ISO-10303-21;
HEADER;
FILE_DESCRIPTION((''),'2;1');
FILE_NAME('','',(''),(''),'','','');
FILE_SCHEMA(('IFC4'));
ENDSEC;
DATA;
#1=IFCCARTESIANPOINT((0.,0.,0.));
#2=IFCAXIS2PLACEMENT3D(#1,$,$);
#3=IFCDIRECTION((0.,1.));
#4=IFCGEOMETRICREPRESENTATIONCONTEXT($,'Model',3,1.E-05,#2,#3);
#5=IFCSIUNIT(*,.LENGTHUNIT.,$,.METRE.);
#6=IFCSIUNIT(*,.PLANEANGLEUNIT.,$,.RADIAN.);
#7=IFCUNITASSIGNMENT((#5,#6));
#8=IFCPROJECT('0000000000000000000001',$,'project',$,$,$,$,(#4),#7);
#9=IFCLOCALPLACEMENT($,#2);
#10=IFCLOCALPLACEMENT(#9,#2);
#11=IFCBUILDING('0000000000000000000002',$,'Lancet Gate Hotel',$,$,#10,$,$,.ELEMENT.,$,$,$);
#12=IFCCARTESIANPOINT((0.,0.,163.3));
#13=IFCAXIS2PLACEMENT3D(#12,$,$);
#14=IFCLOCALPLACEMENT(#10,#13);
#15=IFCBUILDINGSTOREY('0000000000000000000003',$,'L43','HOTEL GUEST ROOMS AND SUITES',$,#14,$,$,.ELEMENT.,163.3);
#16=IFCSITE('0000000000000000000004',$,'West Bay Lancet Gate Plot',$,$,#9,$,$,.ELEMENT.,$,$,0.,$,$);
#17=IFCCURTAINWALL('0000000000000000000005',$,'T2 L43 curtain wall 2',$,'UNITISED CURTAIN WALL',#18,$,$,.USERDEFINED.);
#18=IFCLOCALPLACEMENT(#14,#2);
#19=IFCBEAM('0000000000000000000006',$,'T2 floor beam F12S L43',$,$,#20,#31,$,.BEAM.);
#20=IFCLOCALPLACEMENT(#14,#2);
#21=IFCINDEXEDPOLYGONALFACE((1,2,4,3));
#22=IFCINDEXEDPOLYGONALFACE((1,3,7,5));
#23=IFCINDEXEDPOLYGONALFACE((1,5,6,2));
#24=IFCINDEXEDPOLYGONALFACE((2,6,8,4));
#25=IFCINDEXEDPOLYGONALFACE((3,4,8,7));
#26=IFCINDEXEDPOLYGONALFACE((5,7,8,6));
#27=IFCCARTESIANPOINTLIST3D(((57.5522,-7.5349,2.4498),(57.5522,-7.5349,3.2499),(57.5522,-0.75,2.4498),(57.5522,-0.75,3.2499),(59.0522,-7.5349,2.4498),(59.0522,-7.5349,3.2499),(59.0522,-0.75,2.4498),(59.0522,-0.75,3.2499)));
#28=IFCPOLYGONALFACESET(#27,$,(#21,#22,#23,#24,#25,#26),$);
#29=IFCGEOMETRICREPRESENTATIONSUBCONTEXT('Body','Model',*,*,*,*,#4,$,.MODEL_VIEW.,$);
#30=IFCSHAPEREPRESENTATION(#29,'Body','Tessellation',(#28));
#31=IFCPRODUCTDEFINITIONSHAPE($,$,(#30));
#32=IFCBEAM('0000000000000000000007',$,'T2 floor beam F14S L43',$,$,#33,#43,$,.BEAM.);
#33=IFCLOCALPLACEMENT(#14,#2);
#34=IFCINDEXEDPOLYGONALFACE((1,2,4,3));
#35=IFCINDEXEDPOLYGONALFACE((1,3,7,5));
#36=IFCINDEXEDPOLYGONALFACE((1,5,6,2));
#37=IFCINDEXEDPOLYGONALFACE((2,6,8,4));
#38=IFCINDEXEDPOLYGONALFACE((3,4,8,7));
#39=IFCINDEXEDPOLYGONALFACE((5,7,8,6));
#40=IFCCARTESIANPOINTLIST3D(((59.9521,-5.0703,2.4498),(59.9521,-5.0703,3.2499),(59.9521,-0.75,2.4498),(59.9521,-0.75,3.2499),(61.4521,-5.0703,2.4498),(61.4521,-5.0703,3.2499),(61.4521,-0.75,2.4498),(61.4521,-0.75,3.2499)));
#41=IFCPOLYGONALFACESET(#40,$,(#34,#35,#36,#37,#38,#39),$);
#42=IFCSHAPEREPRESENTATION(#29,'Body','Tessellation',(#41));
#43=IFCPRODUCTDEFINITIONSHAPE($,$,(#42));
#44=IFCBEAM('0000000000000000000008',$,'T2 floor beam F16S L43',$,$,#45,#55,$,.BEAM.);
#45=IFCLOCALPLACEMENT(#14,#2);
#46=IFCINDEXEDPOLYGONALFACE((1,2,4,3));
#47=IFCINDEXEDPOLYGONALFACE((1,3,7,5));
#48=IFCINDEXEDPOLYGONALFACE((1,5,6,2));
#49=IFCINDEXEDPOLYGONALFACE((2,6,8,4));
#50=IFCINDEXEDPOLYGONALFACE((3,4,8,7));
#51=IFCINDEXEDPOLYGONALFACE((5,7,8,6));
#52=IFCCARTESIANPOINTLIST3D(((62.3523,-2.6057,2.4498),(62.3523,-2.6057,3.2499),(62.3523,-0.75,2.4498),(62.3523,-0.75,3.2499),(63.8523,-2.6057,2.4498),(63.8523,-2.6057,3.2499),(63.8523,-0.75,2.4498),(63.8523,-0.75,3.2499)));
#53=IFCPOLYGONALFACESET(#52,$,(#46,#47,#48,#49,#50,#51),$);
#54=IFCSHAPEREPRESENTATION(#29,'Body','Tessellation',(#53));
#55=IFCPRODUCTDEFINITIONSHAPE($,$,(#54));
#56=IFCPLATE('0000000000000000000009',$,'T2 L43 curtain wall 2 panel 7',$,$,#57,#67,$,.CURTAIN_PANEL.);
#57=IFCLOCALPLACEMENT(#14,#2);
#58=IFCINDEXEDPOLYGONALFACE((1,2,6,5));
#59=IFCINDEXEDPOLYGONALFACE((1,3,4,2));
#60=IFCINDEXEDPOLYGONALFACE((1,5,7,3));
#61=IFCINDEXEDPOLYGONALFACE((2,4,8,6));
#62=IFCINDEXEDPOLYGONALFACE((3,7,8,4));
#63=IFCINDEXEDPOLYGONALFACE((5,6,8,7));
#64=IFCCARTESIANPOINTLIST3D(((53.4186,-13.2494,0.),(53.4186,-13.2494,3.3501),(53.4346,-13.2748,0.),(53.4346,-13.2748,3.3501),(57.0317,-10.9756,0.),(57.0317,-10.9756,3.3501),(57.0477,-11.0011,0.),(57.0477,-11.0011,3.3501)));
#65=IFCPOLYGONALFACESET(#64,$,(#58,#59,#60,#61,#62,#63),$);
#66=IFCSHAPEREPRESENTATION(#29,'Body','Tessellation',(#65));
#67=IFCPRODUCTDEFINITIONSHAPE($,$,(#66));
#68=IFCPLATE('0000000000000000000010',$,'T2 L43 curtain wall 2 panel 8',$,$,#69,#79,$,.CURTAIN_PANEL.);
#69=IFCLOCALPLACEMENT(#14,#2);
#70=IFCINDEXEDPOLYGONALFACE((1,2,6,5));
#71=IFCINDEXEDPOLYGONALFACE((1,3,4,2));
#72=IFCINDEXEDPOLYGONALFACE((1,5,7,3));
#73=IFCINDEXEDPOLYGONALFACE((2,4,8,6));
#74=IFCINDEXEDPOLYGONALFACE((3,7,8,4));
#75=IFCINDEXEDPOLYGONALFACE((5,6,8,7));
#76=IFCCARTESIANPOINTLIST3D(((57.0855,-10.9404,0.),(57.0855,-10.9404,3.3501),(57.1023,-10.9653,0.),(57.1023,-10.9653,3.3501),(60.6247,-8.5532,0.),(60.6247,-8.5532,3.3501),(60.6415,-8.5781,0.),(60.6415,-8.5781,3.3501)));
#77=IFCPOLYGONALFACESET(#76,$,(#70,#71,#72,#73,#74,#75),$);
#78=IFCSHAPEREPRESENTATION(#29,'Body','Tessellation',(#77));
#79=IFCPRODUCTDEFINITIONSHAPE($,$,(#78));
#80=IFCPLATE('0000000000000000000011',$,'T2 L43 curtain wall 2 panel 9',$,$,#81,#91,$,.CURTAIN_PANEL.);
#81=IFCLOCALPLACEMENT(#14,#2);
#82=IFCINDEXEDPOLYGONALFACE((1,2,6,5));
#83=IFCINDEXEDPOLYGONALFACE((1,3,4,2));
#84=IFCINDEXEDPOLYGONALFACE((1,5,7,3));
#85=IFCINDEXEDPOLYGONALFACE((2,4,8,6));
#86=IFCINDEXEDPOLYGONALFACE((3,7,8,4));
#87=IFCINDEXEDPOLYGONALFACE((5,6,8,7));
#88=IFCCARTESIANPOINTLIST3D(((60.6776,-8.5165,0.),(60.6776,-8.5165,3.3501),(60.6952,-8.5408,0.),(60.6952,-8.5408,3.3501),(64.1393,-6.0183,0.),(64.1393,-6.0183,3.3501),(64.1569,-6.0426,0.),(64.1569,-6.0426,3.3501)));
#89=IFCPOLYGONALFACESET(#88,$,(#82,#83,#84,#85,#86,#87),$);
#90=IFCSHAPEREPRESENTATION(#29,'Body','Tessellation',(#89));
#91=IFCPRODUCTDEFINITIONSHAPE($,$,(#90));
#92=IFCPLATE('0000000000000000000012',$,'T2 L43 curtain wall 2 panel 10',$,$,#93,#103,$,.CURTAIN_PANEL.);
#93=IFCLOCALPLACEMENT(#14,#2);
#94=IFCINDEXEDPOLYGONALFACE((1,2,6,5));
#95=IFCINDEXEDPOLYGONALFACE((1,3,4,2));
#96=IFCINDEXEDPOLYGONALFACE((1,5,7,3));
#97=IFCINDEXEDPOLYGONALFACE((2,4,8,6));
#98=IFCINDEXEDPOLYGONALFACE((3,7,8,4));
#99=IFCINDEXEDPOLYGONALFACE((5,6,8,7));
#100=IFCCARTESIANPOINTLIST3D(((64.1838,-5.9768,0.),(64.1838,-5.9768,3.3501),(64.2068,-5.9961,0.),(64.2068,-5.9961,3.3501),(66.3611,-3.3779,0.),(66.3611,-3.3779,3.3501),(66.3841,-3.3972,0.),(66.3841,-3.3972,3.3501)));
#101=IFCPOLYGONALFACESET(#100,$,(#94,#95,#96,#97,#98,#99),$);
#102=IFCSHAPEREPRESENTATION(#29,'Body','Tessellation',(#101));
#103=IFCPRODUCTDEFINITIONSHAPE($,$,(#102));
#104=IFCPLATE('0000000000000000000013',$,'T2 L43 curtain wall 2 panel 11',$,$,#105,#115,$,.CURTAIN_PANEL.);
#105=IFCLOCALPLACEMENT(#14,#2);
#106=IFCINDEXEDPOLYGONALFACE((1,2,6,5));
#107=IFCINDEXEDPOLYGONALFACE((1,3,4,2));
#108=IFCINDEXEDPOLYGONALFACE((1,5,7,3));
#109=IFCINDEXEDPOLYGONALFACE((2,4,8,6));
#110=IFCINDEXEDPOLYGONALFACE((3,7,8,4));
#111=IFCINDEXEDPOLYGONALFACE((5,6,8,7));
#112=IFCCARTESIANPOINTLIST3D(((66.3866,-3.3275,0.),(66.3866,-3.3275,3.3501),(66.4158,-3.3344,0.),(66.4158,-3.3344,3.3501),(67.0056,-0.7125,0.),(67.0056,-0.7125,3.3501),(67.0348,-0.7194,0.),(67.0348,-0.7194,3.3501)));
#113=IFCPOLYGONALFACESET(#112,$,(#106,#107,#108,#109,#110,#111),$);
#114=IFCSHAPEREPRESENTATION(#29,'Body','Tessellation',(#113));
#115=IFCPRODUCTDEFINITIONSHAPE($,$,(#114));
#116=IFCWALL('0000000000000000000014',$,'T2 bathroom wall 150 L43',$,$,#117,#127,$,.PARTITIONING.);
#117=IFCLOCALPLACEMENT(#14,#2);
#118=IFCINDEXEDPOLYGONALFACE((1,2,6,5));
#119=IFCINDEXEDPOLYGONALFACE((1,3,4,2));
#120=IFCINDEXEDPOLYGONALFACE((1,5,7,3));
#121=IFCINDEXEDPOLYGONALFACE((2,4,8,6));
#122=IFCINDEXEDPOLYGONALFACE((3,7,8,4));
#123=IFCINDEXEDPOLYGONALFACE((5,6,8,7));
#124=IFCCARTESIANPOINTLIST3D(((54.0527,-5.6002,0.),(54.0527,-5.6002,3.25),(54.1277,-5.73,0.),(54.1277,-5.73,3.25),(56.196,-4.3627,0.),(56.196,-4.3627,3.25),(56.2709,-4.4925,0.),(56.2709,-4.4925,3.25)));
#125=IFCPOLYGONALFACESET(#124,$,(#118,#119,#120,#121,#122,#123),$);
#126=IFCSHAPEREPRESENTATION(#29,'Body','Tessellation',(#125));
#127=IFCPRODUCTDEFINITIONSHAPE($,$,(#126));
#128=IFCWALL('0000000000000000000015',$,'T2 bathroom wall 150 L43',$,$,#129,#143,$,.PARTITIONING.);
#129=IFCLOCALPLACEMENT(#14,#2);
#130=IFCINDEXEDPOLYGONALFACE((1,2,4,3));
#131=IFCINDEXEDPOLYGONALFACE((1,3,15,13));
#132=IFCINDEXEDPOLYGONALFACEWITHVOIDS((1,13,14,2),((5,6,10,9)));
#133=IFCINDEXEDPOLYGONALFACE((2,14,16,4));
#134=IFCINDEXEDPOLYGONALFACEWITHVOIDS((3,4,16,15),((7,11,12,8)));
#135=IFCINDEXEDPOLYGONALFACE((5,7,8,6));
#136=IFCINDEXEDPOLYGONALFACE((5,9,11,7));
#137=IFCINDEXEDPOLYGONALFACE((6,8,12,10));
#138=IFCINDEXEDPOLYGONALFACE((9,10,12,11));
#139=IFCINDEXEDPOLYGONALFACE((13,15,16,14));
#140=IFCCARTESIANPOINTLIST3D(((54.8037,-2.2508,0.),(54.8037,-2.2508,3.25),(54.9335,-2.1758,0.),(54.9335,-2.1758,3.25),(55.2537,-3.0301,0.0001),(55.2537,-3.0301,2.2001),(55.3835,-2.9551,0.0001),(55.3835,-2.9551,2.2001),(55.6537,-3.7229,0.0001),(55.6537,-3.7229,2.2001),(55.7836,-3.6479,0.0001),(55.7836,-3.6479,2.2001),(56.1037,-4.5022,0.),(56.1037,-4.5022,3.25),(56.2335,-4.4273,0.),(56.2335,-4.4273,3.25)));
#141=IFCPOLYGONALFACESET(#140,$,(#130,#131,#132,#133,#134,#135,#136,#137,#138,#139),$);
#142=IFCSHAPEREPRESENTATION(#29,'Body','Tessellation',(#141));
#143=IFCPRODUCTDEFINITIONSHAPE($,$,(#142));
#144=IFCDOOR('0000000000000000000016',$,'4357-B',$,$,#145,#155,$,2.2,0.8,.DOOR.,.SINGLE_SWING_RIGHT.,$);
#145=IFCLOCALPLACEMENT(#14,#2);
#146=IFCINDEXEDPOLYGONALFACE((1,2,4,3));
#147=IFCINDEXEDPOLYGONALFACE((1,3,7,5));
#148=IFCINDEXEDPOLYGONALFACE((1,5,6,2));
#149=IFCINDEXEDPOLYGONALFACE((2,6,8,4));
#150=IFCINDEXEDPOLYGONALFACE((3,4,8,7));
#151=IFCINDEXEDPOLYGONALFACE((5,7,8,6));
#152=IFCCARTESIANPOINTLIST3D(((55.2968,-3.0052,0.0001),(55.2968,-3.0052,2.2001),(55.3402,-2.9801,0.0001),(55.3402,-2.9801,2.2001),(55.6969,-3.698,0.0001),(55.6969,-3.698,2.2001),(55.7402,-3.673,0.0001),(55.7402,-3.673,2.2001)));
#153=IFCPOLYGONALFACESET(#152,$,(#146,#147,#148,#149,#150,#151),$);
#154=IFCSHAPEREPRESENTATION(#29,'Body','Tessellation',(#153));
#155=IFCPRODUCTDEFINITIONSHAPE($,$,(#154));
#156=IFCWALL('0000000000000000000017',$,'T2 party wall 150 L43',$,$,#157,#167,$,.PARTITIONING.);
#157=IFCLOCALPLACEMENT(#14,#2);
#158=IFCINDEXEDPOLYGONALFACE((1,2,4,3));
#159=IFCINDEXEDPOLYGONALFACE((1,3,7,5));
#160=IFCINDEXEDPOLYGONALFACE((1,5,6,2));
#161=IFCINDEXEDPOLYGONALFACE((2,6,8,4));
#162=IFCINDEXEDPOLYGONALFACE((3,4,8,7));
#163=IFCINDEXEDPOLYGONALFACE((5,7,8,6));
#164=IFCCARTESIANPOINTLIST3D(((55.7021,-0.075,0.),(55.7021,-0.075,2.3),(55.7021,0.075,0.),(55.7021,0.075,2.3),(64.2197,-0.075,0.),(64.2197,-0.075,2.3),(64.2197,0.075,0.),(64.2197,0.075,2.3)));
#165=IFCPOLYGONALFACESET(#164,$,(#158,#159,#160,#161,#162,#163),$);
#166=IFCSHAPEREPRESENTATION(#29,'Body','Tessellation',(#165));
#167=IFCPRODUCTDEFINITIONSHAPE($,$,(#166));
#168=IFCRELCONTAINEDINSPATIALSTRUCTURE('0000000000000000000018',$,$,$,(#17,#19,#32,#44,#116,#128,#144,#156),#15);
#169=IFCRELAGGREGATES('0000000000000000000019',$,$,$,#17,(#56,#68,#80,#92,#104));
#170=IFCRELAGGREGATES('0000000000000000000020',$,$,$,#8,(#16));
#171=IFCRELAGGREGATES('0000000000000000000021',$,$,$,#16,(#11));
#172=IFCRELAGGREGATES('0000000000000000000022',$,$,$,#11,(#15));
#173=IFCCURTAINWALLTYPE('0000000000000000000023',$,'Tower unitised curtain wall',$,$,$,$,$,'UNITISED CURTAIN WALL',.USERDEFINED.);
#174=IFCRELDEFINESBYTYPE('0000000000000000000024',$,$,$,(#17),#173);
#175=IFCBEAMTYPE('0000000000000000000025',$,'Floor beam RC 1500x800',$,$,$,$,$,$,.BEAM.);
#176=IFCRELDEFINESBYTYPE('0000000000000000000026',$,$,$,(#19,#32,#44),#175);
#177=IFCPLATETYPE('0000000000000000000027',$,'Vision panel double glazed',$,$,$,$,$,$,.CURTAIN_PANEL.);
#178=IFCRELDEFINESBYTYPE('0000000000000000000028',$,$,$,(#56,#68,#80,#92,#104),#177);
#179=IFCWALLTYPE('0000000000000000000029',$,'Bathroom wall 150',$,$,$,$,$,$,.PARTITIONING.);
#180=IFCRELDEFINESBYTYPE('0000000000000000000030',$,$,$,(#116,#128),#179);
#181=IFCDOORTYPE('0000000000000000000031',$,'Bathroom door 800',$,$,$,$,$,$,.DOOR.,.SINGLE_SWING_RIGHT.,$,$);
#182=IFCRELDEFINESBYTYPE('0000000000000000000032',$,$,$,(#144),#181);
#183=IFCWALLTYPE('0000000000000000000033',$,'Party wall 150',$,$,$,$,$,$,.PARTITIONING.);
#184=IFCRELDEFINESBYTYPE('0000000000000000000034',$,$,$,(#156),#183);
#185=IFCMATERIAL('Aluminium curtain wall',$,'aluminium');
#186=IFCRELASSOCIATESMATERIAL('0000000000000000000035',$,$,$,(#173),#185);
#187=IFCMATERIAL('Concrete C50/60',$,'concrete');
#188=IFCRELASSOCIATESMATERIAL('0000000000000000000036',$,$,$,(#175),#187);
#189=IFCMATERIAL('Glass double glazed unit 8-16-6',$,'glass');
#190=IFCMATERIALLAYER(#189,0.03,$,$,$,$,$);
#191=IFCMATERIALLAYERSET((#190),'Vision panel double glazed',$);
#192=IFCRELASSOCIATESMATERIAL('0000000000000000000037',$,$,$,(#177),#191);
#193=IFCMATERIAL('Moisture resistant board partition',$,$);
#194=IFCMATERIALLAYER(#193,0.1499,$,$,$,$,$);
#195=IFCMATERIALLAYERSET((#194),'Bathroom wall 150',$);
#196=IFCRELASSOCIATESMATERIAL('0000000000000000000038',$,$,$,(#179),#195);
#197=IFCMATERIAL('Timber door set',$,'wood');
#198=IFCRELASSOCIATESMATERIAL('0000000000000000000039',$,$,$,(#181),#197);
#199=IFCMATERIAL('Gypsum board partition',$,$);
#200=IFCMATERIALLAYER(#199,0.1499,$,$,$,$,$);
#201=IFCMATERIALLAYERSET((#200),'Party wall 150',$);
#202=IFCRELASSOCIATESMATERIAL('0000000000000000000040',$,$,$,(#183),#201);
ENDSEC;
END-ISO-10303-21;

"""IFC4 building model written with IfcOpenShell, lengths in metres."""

from ifc_helpers import new_model, si_unit, direction, frame, frame_2d, origin, origin_2d, place, context, subcontext, project, spatial, rectangle, extrude, material, layer, layer_set, material_profile, profile_set, type_object, element, fill, aggregate, save


model = new_model("IFC4")

# Units and contexts
model_context = context("Model", 3, precision=1e-05, world=origin(), true_north=direction((0.0, 1.0)))
body_context = subcontext(model_context, "Body", "Model", "MODEL_VIEW")
ifc_project = project(units=[si_unit("LENGTHUNIT", "METRE"), si_unit("PLANEANGLEUNIT", "RADIAN")], contexts=[model_context])

# Site, building, storey
site_placement = place(None, origin())
site = spatial("IfcSite", under=ifc_project, at=site_placement, Name="West Bay Lancet Gate Plot", CompositionType="ELEMENT", RefElevation=0.0)
building_placement = place(site_placement, origin())
building = spatial("IfcBuilding", under=site, at=building_placement, Name="Lancet Gate Hotel", CompositionType="ELEMENT")
storey_placement = place(building_placement, frame((0.0, 0.0, 163.3)))
storey = spatial("IfcBuildingStorey", under=building, at=storey_placement, Name="L43", Description="HOTEL GUEST ROOMS AND SUITES", CompositionType="ELEMENT", Elevation=163.3)

# Curtain wall
ifc_material_1 = material(Name="Aluminium curtain wall", Category="aluminium")
curtain_wall_type = type_object("IfcCurtainWallType", Name="Tower unitised curtain wall", ElementType="UNITISED CURTAIN WALL", PredefinedType="USERDEFINED", material=ifc_material_1)
curtain_wall_placement = place(storey_placement, origin())
curtain_wall = element("IfcCurtainWall", 1, at=curtain_wall_placement, inside=storey, type_object=curtain_wall_type, Name="T2 L43 curtain wall 2", ObjectType="UNITISED CURTAIN WALL", PredefinedType="USERDEFINED")

# Beams
ifc_material_2 = material(Name="Concrete C50/60", Category="concrete")
ifc_material_profile_1 = material_profile(ifc_material_2, rectangle(XDim=1.5, YDim=0.8, at=origin_2d()), Name="RC 1500x800")
ifc_profile_set_1 = profile_set([ifc_material_profile_1], Name="Concrete C50/60")
beam_type_1 = type_object("IfcBeamType", Name="Floor beam RC 1500x800", PredefinedType="BEAM", material=ifc_profile_set_1)
beam_1_placement = place(storey_placement, frame((58.3022, -7.5349, 2.8499), z_axis=(0.0, 1.0, 0.0), x_axis=(-1.0, 0.0, 0.0)))
element("IfcBeam", 2, at=beam_1_placement, inside=storey, type_object=beam_type_1, Name="T2 floor beam F12S L43", PredefinedType="BEAM", context=body_context, shape_type="SweptSolid", body=[
    extrude(rectangle(XDim=1.5, YDim=0.8, at=origin_2d()), origin(), (0.0, 0.0, 1.0), 6.7849),
])
beam_2_placement = place(storey_placement, frame((60.7021, -5.0703, 2.8499), z_axis=(0.0, 1.0, 0.0), x_axis=(-1.0, 0.0, 0.0)))
element("IfcBeam", 3, at=beam_2_placement, inside=storey, type_object=beam_type_1, Name="T2 floor beam F14S L43", PredefinedType="BEAM", context=body_context, shape_type="SweptSolid", body=[
    extrude(rectangle(XDim=1.5, YDim=0.8, at=origin_2d()), origin(), (0.0, 0.0, 1.0), 4.3203),
])
beam_3_placement = place(storey_placement, frame((63.1023, -2.6057, 2.8499), z_axis=(0.0, 1.0, 0.0), x_axis=(-1.0, 0.0, 0.0)))
element("IfcBeam", 4, at=beam_3_placement, inside=storey, type_object=beam_type_1, Name="T2 floor beam F16S L43", PredefinedType="BEAM", context=body_context, shape_type="SweptSolid", body=[
    extrude(rectangle(XDim=1.5, YDim=0.8, at=origin_2d()), origin(), (0.0, 0.0, 1.0), 1.8557),
])

# Plates
ifc_material_3 = material(Name="Glass double glazed unit 8-16-6", Category="glass")
ifc_layer_1 = layer(ifc_material_3, 0.03)
ifc_layer_set_1 = layer_set([ifc_layer_1], Name="Vision panel double glazed")
plate_type = type_object("IfcPlateType", Name="Vision panel double glazed", PredefinedType="CURTAIN_PANEL", material=ifc_layer_set_1)
plate_1_placement = place(storey_placement, frame((55.2332, -12.1252, 0.0), z_axis=(0.0, 0.0, 1.0), x_axis=(0.846352, 0.532623, 0.0)))
plate_1 = element("IfcPlate", 5, at=plate_1_placement, type_object=plate_type, Name="T2 L43 curtain wall 2 panel 7", PredefinedType="CURTAIN_PANEL", context=body_context, shape_type="SweptSolid", body=[
    extrude(rectangle(XDim=4.269, YDim=0.03, at=origin_2d()), origin(), (0.0, 0.0, 1.0), 3.3501),
])
plate_2_placement = place(storey_placement, frame((58.8635, -9.7593, 0.0), z_axis=(0.0, 0.0, 1.0), x_axis=(0.829039, 0.559191, 0.0)))
plate_2 = element("IfcPlate", 6, at=plate_2_placement, type_object=plate_type, Name="T2 L43 curtain wall 2 panel 8", PredefinedType="CURTAIN_PANEL", context=body_context, shape_type="SweptSolid", body=[
    extrude(rectangle(XDim=4.269, YDim=0.03, at=origin_2d()), origin(), (0.0, 0.0, 1.0), 3.3501),
])
plate_3_placement = place(storey_placement, frame((62.4172, -7.2795, 0.0), z_axis=(0.0, 0.0, 1.0), x_axis=(0.810891, 0.585197, 0.0)))
plate_3 = element("IfcPlate", 7, at=plate_3_placement, type_object=plate_type, Name="T2 L43 curtain wall 2 panel 9", PredefinedType="CURTAIN_PANEL", context=body_context, shape_type="SweptSolid", body=[
    extrude(rectangle(XDim=4.269, YDim=0.03, at=origin_2d()), origin(), (0.0, 0.0, 1.0), 3.3501),
])
plate_4_placement = place(storey_placement, frame((65.2839, -4.687, 0.0), z_axis=(0.0, 0.0, 1.0), x_axis=(0.642199, 0.766538, 0.0)))
plate_4 = element("IfcPlate", 8, at=plate_4_placement, type_object=plate_type, Name="T2 L43 curtain wall 2 panel 10", PredefinedType="CURTAIN_PANEL", context=body_context, shape_type="SweptSolid", body=[
    extrude(rectangle(XDim=3.3904, YDim=0.03, at=origin_2d()), origin(), (0.0, 0.0, 1.0), 3.3501),
])
plate_5_placement = place(storey_placement, frame((66.7107, -2.0234, 0.0), z_axis=(0.0, 0.0, 1.0), x_axis=(0.230367, 0.973104, 0.0)))
plate_5 = element("IfcPlate", 9, at=plate_5_placement, type_object=plate_type, Name="T2 L43 curtain wall 2 panel 11", PredefinedType="CURTAIN_PANEL", context=body_context, shape_type="SweptSolid", body=[
    extrude(rectangle(XDim=2.6873, YDim=0.03, at=origin_2d()), origin(), (0.0, 0.0, 1.0), 3.3501),
])
aggregate(curtain_wall, [plate_1, plate_2, plate_3, plate_4, plate_5])

# Wall
ifc_material_4 = material(Name="Moisture resistant board partition")
ifc_layer_2 = layer(ifc_material_4, 0.1499)
ifc_layer_set_2 = layer_set([ifc_layer_2], Name="Bathroom wall 150")
wall_type_1 = type_object("IfcWallType", Name="Bathroom wall 150", PredefinedType="PARTITIONING", material=ifc_layer_set_2)
wall_1_placement = place(storey_placement, frame((54.0903, -5.665, 0.0), z_axis=(0.0, 0.0, 1.0), x_axis=(0.866007, 0.500033, 0.0)))
element("IfcWall", 10, at=wall_1_placement, inside=storey, type_object=wall_type_1, Name="T2 bathroom wall 150 L43", PredefinedType="PARTITIONING", context=body_context, shape_type="SweptSolid", body=[
    extrude(rectangle(XDim=2.4749, YDim=0.1499, at=frame_2d((1.2373, 0.0))), origin(), (0.0, 0.0, 1.0), 3.25),
])

# Wall, opening, door
wall_2_placement = place(storey_placement, frame((54.8687, -2.2134, 0.0), z_axis=(0.0, 0.0, 1.0), x_axis=(0.500048, -0.865998, 0.0)))
wall_2 = element("IfcWall", 11, at=wall_2_placement, inside=storey, type_object=wall_type_1, Name="T2 bathroom wall 150 L43", PredefinedType="PARTITIONING", context=body_context, shape_type="SweptSolid", body=[
    extrude(rectangle(XDim=2.5999, YDim=0.1499, at=frame_2d((1.2998, 0.0))), origin(), (0.0, 0.0, 1.0), 3.25),
])
opening_placement = place(wall_2_placement, frame((0.8999, 0.0, 0.0)))
opening = element("IfcOpeningElement", 12, at=opening_placement, cuts=wall_2, PredefinedType="OPENING", context=body_context, shape_type="SweptSolid", body=[
    extrude(rectangle(XDim=0.8, YDim=2.2, at=frame_2d((0.3999, 1.1001))), frame((0.0, 0.085, 0.0), z_axis=(0.0, -1.0, 0.0), x_axis=(1.0, 0.0, 0.0)), (0.0, 0.0, 1.0), 0.1699),
])
ifc_material_5 = material(Name="Timber door set", Category="wood")
door_type = type_object("IfcDoorType", Name="Bathroom door 800", OperationType="SINGLE_SWING_RIGHT", PredefinedType="DOOR", material=ifc_material_5)
door_placement = place(opening_placement, origin())
door = element("IfcDoor", 13, at=door_placement, inside=storey, type_object=door_type, Name="4357-B", OperationType="SINGLE_SWING_RIGHT", OverallHeight=2.2, OverallWidth=0.8, PredefinedType="DOOR", context=body_context, shape_type="SweptSolid", body=[
    extrude(rectangle(XDim=0.8, YDim=2.2, at=frame_2d((0.3999, 1.1001))), frame((0.0, 0.0249, 0.0), z_axis=(0.0, -1.0, 0.0), x_axis=(1.0, 0.0, 0.0)), (0.0, 0.0, 1.0), 0.05),
])
fill(opening, door)

# Wall
ifc_material_6 = material(Name="Gypsum board partition")
ifc_layer_3 = layer(ifc_material_6, 0.1499)
ifc_layer_set_3 = layer_set([ifc_layer_3], Name="Party wall 150")
wall_type_2 = type_object("IfcWallType", Name="Party wall 150", PredefinedType="PARTITIONING", material=ifc_layer_set_3)
wall_3_placement = place(storey_placement, frame((55.7021, 0.0, 0.0), z_axis=(0.0, 0.0, 1.0), x_axis=(1.0, 0.0, 0.0)))
element("IfcWall", 14, at=wall_3_placement, inside=storey, type_object=wall_type_2, Name="T2 party wall 150 L43", PredefinedType="PARTITIONING", context=body_context, shape_type="SweptSolid", body=[
    extrude(rectangle(XDim=8.5176, YDim=0.1499, at=frame_2d((4.2588, 0.0))), origin(), (0.0, 0.0, 1.0), 2.3),
])

save(model, "model.ifc")
